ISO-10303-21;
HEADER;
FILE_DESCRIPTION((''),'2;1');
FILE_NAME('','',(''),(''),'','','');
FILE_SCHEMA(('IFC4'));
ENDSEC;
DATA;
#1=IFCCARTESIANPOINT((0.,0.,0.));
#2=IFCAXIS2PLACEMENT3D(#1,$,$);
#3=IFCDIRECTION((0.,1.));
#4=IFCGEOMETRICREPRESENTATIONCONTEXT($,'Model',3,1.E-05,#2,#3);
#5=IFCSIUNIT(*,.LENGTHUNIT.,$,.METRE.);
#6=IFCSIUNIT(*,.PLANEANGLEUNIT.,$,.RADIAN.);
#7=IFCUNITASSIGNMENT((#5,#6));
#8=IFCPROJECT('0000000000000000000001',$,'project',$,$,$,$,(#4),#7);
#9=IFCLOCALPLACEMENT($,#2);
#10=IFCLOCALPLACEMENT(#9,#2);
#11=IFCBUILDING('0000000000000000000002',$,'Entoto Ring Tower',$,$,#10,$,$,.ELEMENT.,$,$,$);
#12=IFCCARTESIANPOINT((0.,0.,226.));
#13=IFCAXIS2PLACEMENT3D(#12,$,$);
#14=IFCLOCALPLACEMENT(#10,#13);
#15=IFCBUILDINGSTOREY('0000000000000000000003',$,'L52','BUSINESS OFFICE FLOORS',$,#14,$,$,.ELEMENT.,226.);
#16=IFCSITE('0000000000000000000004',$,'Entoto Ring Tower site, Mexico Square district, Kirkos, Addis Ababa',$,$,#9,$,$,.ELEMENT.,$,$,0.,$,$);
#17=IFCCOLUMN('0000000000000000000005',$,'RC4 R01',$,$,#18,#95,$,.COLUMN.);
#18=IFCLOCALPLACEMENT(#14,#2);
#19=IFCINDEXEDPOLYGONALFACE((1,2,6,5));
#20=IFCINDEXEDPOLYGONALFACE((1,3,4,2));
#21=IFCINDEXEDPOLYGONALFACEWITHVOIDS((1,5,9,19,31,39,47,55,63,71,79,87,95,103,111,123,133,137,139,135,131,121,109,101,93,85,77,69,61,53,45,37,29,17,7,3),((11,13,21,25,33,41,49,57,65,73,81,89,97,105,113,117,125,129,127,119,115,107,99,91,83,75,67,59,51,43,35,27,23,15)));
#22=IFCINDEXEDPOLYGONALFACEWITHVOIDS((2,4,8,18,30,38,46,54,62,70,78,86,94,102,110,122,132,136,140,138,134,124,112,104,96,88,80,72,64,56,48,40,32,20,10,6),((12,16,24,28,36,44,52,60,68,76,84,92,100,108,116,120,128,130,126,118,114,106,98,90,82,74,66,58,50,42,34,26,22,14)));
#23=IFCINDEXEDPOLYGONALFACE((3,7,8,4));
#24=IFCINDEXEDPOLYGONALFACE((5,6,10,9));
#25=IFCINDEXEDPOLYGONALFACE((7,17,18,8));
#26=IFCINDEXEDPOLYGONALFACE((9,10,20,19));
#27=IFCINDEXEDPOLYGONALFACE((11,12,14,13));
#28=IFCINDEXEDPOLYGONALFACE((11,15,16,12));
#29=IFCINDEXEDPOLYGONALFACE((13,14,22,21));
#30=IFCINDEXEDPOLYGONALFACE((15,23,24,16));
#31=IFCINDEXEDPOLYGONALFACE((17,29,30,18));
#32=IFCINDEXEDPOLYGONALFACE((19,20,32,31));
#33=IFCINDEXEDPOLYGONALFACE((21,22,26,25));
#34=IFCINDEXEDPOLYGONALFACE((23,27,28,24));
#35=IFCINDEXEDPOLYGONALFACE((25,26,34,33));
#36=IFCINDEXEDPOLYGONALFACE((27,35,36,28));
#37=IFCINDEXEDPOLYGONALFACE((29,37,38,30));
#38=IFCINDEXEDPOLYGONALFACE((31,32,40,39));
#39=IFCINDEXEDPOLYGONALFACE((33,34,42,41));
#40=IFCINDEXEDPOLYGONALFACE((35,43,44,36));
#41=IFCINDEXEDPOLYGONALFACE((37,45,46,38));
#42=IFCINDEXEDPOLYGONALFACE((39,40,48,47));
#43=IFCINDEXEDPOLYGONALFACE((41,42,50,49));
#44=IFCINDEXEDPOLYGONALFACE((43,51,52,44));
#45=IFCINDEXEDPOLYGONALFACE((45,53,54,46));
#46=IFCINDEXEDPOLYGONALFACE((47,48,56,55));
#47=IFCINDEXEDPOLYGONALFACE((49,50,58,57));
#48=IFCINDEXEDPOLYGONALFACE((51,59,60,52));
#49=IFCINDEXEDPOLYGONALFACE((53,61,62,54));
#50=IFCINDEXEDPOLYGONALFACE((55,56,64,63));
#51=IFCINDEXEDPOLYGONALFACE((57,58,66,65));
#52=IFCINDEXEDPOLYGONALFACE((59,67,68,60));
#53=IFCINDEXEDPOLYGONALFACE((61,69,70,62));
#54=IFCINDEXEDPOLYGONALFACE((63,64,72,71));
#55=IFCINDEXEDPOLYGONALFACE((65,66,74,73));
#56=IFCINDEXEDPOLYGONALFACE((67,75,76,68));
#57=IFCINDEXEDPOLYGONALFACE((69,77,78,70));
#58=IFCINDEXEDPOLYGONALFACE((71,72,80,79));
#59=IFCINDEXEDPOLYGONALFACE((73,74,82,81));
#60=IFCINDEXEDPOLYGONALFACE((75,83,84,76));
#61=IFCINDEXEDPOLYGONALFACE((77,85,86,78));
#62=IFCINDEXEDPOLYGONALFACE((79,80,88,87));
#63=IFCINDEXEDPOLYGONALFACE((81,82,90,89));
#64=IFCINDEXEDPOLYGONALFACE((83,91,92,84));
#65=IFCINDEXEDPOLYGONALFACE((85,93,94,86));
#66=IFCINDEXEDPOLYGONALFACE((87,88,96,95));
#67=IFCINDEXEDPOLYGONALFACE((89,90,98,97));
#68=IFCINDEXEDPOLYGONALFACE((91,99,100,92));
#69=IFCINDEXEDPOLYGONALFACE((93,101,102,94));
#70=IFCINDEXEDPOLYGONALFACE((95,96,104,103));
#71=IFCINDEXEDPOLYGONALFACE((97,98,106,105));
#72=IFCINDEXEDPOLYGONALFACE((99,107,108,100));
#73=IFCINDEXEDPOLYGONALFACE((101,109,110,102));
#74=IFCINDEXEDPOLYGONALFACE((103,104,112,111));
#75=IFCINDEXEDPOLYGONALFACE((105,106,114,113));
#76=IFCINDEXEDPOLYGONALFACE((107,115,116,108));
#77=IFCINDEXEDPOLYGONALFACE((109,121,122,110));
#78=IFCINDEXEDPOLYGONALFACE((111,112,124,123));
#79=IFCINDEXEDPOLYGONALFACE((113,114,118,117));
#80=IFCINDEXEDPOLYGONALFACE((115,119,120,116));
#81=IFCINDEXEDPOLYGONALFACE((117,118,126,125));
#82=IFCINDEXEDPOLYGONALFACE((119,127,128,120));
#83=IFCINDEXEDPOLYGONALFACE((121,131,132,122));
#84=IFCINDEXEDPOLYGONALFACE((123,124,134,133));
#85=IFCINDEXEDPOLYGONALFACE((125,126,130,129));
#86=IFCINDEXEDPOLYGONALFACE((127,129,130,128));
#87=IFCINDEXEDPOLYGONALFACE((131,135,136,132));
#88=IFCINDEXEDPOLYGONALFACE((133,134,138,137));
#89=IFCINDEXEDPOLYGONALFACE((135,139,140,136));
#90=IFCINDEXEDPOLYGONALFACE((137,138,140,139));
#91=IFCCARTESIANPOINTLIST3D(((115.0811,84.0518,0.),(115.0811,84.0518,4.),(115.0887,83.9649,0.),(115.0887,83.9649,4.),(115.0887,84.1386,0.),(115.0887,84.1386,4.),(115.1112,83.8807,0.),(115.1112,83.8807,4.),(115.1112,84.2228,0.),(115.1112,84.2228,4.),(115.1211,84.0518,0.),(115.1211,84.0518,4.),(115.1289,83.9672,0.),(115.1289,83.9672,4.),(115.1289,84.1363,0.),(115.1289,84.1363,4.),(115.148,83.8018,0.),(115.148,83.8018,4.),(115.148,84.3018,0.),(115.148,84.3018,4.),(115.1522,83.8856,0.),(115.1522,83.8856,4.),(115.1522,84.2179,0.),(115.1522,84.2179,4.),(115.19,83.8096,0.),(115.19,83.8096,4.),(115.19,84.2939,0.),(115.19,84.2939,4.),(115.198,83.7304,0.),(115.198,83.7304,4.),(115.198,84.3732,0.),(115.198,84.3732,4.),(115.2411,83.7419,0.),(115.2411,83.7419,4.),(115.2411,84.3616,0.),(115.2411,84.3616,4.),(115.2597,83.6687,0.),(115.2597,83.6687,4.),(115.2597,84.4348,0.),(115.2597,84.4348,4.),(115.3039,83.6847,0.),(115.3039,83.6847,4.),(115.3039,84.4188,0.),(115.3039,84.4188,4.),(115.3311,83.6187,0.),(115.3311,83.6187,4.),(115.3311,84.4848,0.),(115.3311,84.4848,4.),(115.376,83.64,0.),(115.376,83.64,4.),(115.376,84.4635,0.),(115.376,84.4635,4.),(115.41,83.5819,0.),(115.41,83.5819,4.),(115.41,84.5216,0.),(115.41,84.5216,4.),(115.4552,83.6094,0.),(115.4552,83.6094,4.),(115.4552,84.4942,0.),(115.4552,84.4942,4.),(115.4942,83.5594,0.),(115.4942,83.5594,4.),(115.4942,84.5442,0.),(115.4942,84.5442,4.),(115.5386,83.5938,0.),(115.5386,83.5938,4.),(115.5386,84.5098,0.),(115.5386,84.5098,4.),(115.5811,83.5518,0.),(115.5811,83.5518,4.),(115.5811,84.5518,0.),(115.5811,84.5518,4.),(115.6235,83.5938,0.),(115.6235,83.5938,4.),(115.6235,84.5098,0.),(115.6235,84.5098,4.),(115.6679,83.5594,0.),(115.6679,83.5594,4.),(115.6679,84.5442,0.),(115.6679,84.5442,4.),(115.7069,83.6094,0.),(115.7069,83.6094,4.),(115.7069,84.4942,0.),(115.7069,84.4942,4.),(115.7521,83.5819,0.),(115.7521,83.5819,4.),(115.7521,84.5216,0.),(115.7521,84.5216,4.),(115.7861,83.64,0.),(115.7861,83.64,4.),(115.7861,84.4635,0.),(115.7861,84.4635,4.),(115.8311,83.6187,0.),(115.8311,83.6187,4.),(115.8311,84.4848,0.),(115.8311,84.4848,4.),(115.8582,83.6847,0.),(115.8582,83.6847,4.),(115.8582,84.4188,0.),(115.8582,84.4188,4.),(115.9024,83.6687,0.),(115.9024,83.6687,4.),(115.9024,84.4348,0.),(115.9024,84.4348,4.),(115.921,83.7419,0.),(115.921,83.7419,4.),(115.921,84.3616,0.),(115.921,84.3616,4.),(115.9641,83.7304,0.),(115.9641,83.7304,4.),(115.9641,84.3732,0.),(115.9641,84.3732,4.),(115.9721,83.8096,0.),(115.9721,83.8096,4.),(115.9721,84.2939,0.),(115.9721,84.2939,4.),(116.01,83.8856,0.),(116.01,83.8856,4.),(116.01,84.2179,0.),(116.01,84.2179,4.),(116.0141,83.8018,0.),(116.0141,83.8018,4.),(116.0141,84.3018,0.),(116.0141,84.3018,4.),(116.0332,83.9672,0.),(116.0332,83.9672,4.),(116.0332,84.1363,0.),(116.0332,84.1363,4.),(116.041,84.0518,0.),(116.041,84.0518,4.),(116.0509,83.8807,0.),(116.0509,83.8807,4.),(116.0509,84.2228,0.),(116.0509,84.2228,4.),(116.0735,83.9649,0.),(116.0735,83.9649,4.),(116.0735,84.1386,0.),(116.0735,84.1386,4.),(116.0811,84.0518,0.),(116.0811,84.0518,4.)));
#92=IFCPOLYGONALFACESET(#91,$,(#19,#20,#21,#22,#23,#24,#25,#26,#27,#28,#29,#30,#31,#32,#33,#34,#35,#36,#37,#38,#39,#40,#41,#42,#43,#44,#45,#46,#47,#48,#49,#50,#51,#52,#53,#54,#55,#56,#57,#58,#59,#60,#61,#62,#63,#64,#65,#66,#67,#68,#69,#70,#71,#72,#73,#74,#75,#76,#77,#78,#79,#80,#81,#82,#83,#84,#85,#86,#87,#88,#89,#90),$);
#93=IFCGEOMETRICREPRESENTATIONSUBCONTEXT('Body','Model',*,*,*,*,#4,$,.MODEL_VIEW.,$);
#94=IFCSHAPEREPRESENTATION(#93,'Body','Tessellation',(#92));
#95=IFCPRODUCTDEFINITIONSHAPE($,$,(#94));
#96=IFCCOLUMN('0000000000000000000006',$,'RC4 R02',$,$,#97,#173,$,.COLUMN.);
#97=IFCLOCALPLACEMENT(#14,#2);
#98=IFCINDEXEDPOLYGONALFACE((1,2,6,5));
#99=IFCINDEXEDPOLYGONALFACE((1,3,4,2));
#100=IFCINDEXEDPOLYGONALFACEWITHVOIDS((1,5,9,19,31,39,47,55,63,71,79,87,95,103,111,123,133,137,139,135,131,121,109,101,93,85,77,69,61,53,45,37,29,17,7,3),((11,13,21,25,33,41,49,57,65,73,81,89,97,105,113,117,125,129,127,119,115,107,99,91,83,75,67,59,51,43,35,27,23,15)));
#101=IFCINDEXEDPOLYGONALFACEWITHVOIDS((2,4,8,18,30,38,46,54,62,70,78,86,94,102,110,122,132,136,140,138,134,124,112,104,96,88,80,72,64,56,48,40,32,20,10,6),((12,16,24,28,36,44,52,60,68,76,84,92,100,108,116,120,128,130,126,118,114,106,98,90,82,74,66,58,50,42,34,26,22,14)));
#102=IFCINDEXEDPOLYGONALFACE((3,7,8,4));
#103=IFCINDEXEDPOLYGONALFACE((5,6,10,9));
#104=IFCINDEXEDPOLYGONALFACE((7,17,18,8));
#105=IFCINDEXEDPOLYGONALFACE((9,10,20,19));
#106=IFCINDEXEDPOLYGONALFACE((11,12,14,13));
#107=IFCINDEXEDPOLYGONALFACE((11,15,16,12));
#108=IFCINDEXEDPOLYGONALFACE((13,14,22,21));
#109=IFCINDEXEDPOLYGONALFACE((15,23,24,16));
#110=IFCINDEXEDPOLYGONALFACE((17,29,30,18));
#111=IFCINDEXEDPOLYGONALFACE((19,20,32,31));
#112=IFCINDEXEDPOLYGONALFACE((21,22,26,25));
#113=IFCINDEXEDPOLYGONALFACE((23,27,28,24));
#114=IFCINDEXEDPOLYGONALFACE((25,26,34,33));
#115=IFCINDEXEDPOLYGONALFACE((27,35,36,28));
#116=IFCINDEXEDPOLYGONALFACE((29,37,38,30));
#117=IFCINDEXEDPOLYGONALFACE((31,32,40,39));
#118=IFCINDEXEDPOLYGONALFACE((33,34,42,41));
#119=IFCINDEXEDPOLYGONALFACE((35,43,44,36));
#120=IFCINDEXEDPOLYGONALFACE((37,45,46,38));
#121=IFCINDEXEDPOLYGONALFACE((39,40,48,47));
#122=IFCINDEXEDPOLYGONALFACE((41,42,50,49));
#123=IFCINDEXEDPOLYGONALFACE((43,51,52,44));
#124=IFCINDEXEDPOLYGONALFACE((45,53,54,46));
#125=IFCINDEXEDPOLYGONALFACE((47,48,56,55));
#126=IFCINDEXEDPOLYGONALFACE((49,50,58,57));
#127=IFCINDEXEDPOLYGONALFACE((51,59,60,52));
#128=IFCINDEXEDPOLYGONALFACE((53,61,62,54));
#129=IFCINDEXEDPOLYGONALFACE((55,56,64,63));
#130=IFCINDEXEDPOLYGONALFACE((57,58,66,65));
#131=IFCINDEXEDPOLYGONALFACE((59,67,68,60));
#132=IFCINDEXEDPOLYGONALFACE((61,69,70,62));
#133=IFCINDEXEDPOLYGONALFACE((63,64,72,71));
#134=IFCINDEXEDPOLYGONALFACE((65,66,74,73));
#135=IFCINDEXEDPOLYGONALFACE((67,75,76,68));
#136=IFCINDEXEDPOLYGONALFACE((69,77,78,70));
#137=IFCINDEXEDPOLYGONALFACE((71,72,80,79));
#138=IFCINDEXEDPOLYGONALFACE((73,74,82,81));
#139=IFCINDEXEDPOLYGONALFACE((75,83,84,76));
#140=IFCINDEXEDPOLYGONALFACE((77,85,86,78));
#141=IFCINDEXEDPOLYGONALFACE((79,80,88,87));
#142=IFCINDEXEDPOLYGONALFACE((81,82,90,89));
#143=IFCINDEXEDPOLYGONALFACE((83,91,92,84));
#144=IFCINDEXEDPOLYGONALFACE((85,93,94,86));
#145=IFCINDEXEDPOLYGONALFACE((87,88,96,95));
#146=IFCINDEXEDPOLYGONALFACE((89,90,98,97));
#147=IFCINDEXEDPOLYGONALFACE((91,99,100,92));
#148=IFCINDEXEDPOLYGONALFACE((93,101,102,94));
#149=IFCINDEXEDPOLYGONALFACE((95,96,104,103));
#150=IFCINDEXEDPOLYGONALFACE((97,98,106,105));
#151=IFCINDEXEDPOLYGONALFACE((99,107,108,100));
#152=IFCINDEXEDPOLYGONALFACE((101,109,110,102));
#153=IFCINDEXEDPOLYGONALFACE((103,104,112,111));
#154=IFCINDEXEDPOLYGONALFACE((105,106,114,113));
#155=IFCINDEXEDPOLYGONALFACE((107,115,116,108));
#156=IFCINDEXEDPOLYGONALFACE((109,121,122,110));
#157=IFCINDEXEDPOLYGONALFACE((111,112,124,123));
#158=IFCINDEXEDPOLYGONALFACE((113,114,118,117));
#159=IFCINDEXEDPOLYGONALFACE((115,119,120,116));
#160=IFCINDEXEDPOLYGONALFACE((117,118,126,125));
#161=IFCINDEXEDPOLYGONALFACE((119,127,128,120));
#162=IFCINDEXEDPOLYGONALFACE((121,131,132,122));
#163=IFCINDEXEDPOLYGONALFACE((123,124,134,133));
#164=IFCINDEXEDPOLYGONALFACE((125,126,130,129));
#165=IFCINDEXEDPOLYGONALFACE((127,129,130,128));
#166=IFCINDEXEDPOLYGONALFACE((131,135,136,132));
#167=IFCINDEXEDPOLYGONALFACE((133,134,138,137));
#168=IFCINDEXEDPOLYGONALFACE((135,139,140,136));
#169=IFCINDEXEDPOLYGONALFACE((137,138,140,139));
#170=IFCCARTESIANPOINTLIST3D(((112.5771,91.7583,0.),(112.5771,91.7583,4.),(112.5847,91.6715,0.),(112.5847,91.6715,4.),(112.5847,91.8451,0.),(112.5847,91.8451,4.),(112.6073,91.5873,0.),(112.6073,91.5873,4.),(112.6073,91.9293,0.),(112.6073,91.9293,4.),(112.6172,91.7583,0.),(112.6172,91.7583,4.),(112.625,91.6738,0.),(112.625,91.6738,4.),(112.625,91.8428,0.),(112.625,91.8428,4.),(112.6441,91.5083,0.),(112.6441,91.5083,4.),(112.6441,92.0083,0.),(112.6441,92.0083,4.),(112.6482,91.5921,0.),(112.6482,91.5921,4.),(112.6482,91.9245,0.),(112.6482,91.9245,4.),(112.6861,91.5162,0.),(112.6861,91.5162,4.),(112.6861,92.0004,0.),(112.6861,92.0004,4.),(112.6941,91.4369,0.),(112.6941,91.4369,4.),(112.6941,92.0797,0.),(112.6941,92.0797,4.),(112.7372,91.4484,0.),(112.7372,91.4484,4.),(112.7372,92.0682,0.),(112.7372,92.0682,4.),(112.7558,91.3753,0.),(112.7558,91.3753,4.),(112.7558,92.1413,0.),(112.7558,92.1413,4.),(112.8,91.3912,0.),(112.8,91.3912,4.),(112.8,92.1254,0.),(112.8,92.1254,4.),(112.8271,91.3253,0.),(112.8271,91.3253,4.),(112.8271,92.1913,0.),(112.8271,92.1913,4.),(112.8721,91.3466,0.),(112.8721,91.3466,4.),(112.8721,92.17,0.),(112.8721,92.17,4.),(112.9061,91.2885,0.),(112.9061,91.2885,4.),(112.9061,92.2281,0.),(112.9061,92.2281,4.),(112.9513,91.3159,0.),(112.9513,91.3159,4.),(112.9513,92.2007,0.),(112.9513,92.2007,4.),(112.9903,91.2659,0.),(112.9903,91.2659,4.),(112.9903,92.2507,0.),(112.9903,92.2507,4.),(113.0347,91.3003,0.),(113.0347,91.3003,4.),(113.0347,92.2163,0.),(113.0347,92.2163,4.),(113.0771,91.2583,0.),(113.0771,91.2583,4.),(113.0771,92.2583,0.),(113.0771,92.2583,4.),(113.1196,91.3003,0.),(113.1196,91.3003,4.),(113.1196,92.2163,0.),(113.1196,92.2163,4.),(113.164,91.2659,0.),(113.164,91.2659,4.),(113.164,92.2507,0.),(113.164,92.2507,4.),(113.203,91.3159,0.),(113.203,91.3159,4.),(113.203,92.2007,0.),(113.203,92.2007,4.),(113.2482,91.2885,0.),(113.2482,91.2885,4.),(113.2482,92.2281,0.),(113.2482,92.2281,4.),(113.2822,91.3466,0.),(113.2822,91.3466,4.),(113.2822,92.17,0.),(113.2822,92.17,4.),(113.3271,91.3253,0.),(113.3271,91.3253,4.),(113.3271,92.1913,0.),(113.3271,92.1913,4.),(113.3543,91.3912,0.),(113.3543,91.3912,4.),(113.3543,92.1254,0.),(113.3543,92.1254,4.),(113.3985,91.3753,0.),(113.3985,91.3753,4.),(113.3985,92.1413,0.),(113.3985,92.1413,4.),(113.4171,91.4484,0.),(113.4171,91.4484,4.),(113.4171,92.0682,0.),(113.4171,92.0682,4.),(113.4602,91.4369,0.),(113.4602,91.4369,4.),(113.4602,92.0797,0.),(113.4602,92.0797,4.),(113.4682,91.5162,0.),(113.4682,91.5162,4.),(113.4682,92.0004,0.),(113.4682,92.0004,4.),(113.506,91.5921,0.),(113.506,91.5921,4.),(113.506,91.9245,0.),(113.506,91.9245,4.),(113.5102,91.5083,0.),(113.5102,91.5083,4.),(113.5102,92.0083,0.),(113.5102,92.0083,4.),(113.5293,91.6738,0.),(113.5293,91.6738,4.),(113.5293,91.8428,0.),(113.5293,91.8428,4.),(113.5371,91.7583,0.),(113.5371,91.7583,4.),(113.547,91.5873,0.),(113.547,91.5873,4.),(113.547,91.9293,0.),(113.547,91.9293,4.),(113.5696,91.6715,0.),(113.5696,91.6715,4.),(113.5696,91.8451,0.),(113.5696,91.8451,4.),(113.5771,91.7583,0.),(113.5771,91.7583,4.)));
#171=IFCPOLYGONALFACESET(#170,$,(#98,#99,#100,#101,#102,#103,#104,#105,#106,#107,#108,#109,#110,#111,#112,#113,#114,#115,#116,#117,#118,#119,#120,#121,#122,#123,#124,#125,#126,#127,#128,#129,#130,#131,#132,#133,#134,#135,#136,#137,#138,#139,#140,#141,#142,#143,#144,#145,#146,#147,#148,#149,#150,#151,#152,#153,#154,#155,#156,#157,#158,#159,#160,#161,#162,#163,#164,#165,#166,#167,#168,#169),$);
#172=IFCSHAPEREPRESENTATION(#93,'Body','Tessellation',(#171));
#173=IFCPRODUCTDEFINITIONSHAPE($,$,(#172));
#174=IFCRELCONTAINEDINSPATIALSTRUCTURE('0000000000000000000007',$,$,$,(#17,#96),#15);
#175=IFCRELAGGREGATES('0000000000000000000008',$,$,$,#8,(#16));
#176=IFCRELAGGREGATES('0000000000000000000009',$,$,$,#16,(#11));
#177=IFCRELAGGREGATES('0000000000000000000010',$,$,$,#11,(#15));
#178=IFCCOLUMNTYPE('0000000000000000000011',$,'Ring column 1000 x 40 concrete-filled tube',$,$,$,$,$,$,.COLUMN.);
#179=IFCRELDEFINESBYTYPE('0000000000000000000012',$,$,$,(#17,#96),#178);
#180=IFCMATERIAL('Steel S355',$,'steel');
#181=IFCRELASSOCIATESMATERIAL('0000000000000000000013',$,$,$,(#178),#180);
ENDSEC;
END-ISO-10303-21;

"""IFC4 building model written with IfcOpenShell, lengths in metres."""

from ifc_helpers import new_model, si_unit, direction, frame, origin, origin_2d, place, context, subcontext, project, spatial, circle, hollow_circle, extrude, material, material_profile, profile_set, type_object, element, save


model = new_model("IFC4")

# Units and contexts
model_context = context("Model", 3, precision=1e-05, world=origin(), true_north=direction((0.0, 1.0)))
body_context = subcontext(model_context, "Body", "Model", "MODEL_VIEW")
ifc_project = project(units=[si_unit("LENGTHUNIT", "METRE"), si_unit("PLANEANGLEUNIT", "RADIAN")], contexts=[model_context])

# Site, building, storey
site_placement = place(None, origin())
site = spatial("IfcSite", under=ifc_project, at=site_placement, Name="Entoto Ring Tower site, Mexico Square district, Kirkos, Addis Ababa", CompositionType="ELEMENT", RefElevation=0.0)
building_placement = place(site_placement, origin())
building = spatial("IfcBuilding", under=site, at=building_placement, Name="Entoto Ring Tower", CompositionType="ELEMENT")
storey_placement = place(building_placement, frame((0.0, 0.0, 226.0)))
storey = spatial("IfcBuildingStorey", under=building, at=storey_placement, Name="L52", Description="BUSINESS OFFICE FLOORS", CompositionType="ELEMENT", Elevation=226.0)

# Columns
ifc_material_1 = material(Name="Steel S355", Category="steel")
ifc_material_profile_1 = material_profile(ifc_material_1, hollow_circle(Radius=0.5, WallThickness=0.04, at=origin_2d()), Name="CHS 1000 x 40")
ifc_material_2 = material(Name="Concrete C60/75", Category="concrete")
ifc_material_profile_2 = material_profile(ifc_material_2, circle(Radius=0.46, at=origin_2d()), Name="Concrete C60/75 infill")
ifc_profile_set_1 = profile_set([ifc_material_profile_1, ifc_material_profile_2], Name="Steel S355")
column_type = type_object("IfcColumnType", Name="Ring column 1000 x 40 concrete-filled tube", PredefinedType="COLUMN", material=ifc_profile_set_1)
for number, where, z_axis, x_axis, name in (
    (1, (115.5811, 84.0518, 0.0), (0.0, 0.0, 1.0), (1.0, 0.0, 0.0), "RC4 R01"),
    (2, (113.0771, 91.7583, 0.0), (0.0, 0.0, 1.0), (1.0, 0.0, 0.0), "RC4 R02"),
):
    element("IfcColumn", number, at=place(storey_placement, frame(where, z_axis=z_axis, x_axis=x_axis)), inside=storey, type_object=column_type, Name=name, PredefinedType="COLUMN", context=body_context, shape_type="SweptSolid", body=[
        extrude(hollow_circle(Radius=0.5, WallThickness=0.04, at=origin_2d()), origin(), (0.0, 0.0, 1.0), 4.0),
    ])

save(model, "model.ifc")
